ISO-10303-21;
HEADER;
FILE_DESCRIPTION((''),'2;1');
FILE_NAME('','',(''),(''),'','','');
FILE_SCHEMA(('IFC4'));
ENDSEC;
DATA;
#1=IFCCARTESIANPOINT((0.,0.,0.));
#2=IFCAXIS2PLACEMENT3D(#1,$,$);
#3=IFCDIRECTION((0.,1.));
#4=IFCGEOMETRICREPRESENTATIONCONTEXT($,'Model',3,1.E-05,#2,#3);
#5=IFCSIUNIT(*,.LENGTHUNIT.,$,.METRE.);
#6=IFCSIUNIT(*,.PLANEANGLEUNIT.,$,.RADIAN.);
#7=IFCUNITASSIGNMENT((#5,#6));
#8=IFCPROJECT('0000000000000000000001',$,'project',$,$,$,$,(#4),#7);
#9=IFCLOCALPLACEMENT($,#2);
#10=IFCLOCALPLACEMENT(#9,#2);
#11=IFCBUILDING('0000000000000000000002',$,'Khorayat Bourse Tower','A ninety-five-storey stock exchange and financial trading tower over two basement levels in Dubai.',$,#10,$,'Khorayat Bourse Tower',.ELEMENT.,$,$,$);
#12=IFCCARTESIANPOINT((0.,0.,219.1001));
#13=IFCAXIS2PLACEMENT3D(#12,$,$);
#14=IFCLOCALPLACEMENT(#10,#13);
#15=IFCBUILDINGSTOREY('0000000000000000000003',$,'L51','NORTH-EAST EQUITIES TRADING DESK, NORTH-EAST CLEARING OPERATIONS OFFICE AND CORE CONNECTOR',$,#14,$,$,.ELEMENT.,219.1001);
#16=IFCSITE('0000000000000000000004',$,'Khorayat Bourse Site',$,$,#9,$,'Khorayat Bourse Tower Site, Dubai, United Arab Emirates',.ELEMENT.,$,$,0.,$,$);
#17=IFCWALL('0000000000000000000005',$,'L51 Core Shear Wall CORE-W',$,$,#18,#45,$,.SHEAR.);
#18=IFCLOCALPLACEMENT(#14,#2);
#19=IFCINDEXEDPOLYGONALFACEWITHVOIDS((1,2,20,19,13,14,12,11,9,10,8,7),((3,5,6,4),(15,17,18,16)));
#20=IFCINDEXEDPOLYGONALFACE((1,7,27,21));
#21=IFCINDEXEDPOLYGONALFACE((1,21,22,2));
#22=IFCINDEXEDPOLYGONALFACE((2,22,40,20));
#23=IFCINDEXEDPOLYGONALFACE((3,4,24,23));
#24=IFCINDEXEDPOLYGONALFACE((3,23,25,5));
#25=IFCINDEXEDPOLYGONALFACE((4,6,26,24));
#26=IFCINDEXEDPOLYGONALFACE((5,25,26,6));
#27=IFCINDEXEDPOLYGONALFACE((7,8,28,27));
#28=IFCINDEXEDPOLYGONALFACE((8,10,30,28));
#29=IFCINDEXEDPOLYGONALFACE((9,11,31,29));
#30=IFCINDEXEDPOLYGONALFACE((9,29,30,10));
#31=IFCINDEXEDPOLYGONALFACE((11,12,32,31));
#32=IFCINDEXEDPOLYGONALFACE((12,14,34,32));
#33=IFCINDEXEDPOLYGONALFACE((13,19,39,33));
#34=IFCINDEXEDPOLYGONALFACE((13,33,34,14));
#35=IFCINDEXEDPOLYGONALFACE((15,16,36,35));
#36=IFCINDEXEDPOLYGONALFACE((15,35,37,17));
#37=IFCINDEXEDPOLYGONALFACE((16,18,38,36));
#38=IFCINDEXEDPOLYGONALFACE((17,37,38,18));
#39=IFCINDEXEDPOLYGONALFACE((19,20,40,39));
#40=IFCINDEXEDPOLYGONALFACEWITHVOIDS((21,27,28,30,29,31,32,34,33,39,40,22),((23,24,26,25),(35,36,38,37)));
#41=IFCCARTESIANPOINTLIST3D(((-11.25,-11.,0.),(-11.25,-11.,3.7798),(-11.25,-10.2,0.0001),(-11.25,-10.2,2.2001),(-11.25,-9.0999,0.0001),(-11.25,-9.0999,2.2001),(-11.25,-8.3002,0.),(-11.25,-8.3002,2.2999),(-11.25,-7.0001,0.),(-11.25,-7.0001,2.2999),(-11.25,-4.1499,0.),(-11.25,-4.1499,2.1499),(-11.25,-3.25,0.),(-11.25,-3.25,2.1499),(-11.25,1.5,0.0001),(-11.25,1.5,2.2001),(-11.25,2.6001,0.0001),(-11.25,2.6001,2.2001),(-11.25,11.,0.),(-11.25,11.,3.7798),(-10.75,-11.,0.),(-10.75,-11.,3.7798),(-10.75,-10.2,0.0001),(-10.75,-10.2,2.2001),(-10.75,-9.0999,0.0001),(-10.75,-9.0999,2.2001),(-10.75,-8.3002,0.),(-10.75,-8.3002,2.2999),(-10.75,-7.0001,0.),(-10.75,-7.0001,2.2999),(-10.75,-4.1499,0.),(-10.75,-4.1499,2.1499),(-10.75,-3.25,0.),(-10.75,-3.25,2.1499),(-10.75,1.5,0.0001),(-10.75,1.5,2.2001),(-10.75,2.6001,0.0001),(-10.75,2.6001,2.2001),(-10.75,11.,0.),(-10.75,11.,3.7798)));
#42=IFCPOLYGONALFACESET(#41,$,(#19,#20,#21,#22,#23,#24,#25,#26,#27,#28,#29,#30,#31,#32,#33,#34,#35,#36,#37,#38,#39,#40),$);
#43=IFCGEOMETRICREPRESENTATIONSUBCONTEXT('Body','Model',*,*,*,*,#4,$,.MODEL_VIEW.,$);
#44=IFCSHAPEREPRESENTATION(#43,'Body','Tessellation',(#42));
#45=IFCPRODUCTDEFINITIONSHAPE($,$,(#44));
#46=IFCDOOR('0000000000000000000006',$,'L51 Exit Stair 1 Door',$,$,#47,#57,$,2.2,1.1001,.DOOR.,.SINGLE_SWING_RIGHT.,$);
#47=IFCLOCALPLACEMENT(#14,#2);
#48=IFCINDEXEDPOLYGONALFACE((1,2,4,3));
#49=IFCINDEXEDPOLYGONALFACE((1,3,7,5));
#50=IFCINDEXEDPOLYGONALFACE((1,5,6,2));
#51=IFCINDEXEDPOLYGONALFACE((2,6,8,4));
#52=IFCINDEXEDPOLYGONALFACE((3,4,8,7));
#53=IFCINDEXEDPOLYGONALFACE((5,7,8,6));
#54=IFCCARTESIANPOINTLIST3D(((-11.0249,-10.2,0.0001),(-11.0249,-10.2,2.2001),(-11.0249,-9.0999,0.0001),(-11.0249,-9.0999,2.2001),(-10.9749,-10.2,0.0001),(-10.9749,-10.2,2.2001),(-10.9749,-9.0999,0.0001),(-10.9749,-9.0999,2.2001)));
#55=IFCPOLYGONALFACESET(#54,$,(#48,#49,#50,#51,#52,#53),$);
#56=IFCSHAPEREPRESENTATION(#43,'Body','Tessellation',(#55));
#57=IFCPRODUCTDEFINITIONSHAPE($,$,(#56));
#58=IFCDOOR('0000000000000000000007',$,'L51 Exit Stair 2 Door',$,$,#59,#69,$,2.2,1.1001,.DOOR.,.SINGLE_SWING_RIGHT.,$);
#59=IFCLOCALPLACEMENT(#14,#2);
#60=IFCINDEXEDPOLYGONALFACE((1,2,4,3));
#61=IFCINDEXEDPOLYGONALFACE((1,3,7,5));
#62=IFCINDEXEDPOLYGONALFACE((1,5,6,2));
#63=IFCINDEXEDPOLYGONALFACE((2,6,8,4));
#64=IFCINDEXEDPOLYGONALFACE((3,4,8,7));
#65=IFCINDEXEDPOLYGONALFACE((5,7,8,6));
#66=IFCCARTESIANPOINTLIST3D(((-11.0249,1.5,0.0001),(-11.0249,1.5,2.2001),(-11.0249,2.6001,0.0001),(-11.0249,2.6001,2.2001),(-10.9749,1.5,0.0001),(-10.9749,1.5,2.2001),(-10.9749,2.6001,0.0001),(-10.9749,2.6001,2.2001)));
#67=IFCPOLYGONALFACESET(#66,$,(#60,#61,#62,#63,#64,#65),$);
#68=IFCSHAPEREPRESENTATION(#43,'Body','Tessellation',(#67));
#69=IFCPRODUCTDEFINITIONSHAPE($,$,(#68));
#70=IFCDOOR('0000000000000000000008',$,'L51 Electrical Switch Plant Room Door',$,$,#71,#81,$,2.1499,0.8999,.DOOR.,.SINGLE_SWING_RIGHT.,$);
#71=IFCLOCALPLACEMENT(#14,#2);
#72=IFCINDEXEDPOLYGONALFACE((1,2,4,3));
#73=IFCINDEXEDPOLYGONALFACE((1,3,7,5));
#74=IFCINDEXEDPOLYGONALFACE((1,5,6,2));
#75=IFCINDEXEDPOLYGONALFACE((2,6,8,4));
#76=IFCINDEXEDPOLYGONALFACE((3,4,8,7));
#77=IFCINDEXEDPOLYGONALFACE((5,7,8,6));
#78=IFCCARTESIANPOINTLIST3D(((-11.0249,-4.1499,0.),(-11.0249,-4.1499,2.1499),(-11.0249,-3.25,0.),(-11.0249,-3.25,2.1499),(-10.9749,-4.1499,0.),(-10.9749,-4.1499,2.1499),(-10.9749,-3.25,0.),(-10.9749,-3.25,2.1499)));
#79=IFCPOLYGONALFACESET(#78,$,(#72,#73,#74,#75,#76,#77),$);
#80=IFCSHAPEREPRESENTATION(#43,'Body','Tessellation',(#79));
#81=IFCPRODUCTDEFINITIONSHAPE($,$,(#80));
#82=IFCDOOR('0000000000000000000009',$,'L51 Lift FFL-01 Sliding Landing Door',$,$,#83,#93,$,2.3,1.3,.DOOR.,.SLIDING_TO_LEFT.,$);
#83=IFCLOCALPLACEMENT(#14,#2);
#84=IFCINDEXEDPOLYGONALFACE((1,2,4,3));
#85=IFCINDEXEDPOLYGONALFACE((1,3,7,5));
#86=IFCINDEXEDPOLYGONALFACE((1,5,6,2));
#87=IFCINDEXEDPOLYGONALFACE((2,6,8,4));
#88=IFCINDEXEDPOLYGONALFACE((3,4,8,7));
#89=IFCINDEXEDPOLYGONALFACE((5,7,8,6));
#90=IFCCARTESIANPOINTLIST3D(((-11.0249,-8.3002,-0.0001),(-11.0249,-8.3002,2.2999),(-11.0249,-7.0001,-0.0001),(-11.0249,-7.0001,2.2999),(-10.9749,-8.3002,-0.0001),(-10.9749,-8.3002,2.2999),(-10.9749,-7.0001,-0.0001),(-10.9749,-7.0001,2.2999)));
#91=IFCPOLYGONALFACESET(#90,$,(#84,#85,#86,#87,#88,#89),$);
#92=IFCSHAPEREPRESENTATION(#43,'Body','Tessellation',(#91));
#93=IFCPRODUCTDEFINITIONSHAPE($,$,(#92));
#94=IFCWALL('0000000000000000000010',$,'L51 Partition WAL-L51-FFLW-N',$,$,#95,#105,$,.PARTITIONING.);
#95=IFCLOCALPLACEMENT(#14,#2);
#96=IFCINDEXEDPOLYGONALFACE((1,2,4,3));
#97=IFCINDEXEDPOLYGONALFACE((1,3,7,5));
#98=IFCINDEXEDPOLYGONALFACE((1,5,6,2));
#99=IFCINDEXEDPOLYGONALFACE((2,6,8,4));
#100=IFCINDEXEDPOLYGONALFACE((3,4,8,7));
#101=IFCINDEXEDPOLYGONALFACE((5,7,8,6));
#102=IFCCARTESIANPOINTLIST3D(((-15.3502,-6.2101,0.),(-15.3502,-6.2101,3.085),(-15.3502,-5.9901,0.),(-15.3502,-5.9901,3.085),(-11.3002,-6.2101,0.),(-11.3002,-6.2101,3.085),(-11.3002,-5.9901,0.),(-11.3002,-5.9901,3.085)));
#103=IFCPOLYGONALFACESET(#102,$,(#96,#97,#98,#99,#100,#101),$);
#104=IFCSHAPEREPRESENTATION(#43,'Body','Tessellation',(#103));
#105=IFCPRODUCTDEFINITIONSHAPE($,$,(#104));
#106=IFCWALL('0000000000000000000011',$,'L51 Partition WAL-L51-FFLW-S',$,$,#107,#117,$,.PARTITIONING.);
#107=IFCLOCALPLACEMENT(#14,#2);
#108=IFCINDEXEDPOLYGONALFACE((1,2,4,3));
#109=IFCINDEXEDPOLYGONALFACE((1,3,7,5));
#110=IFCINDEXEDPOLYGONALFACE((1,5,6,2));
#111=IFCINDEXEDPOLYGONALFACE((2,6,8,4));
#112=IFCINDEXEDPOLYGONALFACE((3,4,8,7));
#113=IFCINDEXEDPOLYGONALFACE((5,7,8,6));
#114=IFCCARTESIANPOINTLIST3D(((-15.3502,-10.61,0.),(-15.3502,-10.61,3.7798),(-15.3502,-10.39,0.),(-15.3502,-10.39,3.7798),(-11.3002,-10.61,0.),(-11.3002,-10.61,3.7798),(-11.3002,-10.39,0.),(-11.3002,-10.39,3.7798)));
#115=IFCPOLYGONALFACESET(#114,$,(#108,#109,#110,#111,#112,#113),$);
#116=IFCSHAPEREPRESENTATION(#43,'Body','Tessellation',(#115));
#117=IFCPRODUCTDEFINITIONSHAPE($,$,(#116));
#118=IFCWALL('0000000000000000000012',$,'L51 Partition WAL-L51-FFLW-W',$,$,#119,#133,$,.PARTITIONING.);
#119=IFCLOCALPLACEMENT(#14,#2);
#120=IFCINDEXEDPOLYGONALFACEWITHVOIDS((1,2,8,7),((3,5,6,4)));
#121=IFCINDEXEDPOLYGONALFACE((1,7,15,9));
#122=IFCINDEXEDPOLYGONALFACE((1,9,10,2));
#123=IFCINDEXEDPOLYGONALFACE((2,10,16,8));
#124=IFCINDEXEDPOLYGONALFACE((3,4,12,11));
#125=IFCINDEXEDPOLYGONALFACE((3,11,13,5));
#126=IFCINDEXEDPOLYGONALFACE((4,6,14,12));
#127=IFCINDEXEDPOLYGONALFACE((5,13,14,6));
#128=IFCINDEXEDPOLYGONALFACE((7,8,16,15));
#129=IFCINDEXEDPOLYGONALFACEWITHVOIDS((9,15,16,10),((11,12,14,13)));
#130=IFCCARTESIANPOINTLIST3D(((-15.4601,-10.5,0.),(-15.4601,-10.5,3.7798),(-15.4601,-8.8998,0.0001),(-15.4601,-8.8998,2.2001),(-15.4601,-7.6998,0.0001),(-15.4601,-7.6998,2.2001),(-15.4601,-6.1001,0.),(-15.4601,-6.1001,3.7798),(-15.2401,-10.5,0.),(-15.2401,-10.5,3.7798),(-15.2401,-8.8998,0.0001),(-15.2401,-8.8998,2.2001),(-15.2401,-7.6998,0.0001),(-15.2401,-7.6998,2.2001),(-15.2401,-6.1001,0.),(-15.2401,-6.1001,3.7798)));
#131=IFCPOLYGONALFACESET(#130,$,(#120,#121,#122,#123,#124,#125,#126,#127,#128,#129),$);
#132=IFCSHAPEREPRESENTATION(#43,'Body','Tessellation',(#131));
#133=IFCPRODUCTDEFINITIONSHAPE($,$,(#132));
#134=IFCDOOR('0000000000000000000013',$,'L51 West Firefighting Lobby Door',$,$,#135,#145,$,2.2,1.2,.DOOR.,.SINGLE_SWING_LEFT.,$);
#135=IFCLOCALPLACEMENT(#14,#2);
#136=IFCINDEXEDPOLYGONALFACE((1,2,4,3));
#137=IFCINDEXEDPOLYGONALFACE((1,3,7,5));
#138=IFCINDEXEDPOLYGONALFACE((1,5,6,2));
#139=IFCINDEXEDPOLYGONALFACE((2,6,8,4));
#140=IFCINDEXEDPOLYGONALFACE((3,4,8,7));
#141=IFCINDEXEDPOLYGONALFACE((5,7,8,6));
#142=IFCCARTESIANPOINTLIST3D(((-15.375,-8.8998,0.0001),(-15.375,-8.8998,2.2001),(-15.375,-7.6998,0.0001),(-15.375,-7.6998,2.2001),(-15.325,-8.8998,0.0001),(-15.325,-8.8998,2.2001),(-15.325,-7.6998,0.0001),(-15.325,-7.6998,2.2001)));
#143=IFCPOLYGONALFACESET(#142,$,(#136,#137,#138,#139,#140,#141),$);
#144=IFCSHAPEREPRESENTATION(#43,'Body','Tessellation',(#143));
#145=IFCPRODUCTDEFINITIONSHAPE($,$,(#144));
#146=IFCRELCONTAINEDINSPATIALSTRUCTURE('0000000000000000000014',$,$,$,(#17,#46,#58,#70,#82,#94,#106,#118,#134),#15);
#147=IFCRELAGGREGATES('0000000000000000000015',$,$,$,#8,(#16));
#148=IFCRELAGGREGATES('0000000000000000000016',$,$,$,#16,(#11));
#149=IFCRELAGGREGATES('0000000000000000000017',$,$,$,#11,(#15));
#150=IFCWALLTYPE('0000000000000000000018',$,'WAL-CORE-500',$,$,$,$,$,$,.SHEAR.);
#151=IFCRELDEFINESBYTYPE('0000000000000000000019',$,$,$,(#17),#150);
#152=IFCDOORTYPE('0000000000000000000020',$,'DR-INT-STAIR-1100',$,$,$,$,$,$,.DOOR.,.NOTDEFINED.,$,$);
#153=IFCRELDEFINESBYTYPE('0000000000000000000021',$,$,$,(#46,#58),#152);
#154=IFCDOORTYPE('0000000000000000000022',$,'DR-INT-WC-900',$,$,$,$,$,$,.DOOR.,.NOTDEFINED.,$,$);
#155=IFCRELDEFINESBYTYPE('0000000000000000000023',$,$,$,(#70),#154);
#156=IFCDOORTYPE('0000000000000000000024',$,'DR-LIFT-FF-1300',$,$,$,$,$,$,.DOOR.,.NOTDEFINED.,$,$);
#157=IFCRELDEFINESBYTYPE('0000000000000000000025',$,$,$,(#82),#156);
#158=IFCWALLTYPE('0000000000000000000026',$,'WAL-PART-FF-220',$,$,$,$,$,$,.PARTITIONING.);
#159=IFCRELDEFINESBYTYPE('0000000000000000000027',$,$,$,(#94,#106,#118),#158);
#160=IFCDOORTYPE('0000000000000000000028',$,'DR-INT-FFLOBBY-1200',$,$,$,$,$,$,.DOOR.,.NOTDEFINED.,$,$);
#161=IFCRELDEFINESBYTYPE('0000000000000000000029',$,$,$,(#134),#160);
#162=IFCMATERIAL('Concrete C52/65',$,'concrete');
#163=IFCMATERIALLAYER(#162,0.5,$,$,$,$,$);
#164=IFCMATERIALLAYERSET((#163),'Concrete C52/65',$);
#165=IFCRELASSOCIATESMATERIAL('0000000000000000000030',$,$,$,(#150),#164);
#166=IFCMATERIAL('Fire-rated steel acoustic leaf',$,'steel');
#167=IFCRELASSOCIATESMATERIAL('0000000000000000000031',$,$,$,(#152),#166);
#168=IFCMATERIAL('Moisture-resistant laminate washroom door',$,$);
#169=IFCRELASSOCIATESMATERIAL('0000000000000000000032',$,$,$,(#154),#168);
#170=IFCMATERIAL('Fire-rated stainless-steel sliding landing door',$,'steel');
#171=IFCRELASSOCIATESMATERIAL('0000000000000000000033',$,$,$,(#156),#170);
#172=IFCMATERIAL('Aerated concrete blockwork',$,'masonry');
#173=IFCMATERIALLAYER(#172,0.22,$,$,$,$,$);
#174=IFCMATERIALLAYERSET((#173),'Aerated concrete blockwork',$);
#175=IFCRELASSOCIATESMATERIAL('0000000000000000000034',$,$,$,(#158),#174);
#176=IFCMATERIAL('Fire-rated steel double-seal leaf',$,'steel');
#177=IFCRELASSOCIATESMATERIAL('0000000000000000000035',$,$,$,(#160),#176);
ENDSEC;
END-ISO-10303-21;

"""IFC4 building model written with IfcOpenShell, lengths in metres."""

from ifc_helpers import new_model, si_unit, direction, frame, frame_2d, origin, place, context, subcontext, project, spatial, rectangle, extrude, source, transform, mapped, material, layer, layer_set, type_object, element, fill, save


model = new_model("IFC4")

# Units and contexts
model_context = context("Model", 3, precision=1e-05, world=origin(), true_north=direction((0.0, 1.0)))
body_context = subcontext(model_context, "Body", "Model", "MODEL_VIEW")
ifc_project = project(units=[si_unit("LENGTHUNIT", "METRE"), si_unit("PLANEANGLEUNIT", "RADIAN")], contexts=[model_context])

# Site, building, storey
site_placement = place(None, origin())
site = spatial("IfcSite", under=ifc_project, at=site_placement, Name="Khorayat Bourse Site", LongName="Khorayat Bourse Tower Site, Dubai, United Arab Emirates", CompositionType="ELEMENT", RefElevation=0.0)
building_placement = place(site_placement, origin())
building = spatial("IfcBuilding", under=site, at=building_placement, Name="Khorayat Bourse Tower", Description="A ninety-five-storey stock exchange and financial trading tower over two basement levels in Dubai.", LongName="Khorayat Bourse Tower", CompositionType="ELEMENT")
storey_placement = place(building_placement, frame((0.0, 0.0, 219.1001)))
storey = spatial("IfcBuildingStorey", under=building, at=storey_placement, Name="L51", Description="NORTH-EAST EQUITIES TRADING DESK, NORTH-EAST CLEARING OPERATIONS OFFICE AND CORE CONNECTOR", CompositionType="ELEMENT", Elevation=219.1001)

# Wall, openings, doors
ifc_material_1 = material(Name="Concrete C52/65", Category="concrete")
ifc_layer_1 = layer(ifc_material_1, 0.5)
ifc_layer_set_1 = layer_set([ifc_layer_1], Name="Concrete C52/65")
wall_type_1 = type_object("IfcWallType", Name="WAL-CORE-500", PredefinedType="SHEAR", material=ifc_layer_set_1)
shared_shape_1 = source(origin(), body_context, "Body", "SweptSolid", [
    extrude(rectangle(XDim=22.0, YDim=0.5, at=frame_2d((11.0, 0.0))), origin(), (0.0, 0.0, 1.0), 3.7798),
])
wall_1_placement = place(storey_placement, frame((-11.0, -11.0, 0.0), z_axis=(0.0, 0.0, 1.0), x_axis=(0.0, 1.0, 0.0)))
wall_1 = element("IfcWall", 1, at=wall_1_placement, inside=storey, type_object=wall_type_1, Name="L51 Core Shear Wall CORE-W", PredefinedType="SHEAR", context=body_context, shape_type="MappedRepresentation", body=[
    mapped(shared_shape_1, transform((0.0, 0.0, 0.0), scale=1.0)),
])
shared_shape_2 = source(origin(), body_context, "Body", "SweptSolid", [
    extrude(rectangle(XDim=1.1001, YDim=2.2, at=frame_2d((0.55, 1.1001))), frame((0.0, 0.26, 0.0), z_axis=(0.0, -1.0, 0.0), x_axis=(1.0, 0.0, 0.0)), (0.0, 0.0, 1.0), 0.52),
])
opening_1_placement = place(wall_1_placement, frame((0.8, 0.0, 0.0)))
opening_1 = element("IfcOpeningElement", 2, at=opening_1_placement, cuts=wall_1, PredefinedType="OPENING", context=body_context, shape_type="MappedRepresentation", body=[
    mapped(shared_shape_2, transform((0.0, 0.0, 0.0), scale=1.0)),
])
opening_2_placement = place(wall_1_placement, frame((12.5, 0.0, 0.0)))
opening_2 = element("IfcOpeningElement", 3, at=opening_2_placement, cuts=wall_1, PredefinedType="OPENING", context=body_context, shape_type="MappedRepresentation", body=[
    mapped(shared_shape_2, transform((0.0, 0.0, 0.0), scale=1.0)),
])
shared_shape_3 = source(origin(), body_context, "Body", "SweptSolid", [
    extrude(rectangle(XDim=0.8999, YDim=2.1499, at=frame_2d((0.45, 1.075))), frame((0.0, 0.26, 0.0), z_axis=(0.0, -1.0, 0.0), x_axis=(1.0, 0.0, 0.0)), (0.0, 0.0, 1.0), 0.52),
])
opening_3_placement = place(wall_1_placement, frame((6.8501, 0.0, 0.0)))
opening_3 = element("IfcOpeningElement", 4, at=opening_3_placement, cuts=wall_1, PredefinedType="OPENING", context=body_context, shape_type="MappedRepresentation", body=[
    mapped(shared_shape_3, transform((0.0, 0.0, 0.0), scale=1.0)),
])
shared_shape_4 = source(origin(), body_context, "Body", "SweptSolid", [
    extrude(rectangle(XDim=1.3, YDim=2.3, at=frame_2d((0.6499, 1.1499))), frame((0.0, 0.26, 0.0), z_axis=(0.0, -1.0, 0.0), x_axis=(1.0, 0.0, 0.0)), (0.0, 0.0, 1.0), 0.52),
])
opening_4_placement = place(wall_1_placement, frame((2.7, 0.0, 0.0)))
opening_4 = element("IfcOpeningElement", 5, at=opening_4_placement, cuts=wall_1, PredefinedType="OPENING", context=body_context, shape_type="MappedRepresentation", body=[
    mapped(shared_shape_4, transform((0.0, 0.0, 0.0), scale=1.0)),
])
ifc_material_2 = material(Name="Fire-rated steel acoustic leaf", Category="steel")
door_type_1 = type_object("IfcDoorType", Name="DR-INT-STAIR-1100", OperationType="NOTDEFINED", PredefinedType="DOOR", material=ifc_material_2)
shared_shape_5 = source(origin(), body_context, "Body", "SweptSolid", [
    extrude(rectangle(XDim=1.1001, YDim=2.2, at=frame_2d((0.55, 1.1001))), frame((0.0, 0.0249, 0.0), z_axis=(0.0, -1.0, 0.0), x_axis=(1.0, 0.0, 0.0)), (0.0, 0.0, 1.0), 0.05),
])
door_1_placement = place(opening_1_placement, origin())
door_1 = element("IfcDoor", 6, at=door_1_placement, inside=storey, type_object=door_type_1, Name="L51 Exit Stair 1 Door", OperationType="SINGLE_SWING_RIGHT", OverallHeight=2.2, OverallWidth=1.1001, PredefinedType="DOOR", context=body_context, shape_type="MappedRepresentation", body=[
    mapped(shared_shape_5, transform((0.0, 0.0, 0.0), scale=1.0)),
])
fill(opening_1, door_1)
door_2_placement = place(opening_2_placement, origin())
door_2 = element("IfcDoor", 7, at=door_2_placement, inside=storey, type_object=door_type_1, Name="L51 Exit Stair 2 Door", OperationType="SINGLE_SWING_RIGHT", OverallHeight=2.2, OverallWidth=1.1001, PredefinedType="DOOR", context=body_context, shape_type="MappedRepresentation", body=[
    mapped(shared_shape_5, transform((0.0, 0.0, 0.0), scale=1.0)),
])
fill(opening_2, door_2)
ifc_material_3 = material(Name="Moisture-resistant laminate washroom door")
door_type_2 = type_object("IfcDoorType", Name="DR-INT-WC-900", OperationType="NOTDEFINED", PredefinedType="DOOR", material=ifc_material_3)
shared_shape_6 = source(origin(), body_context, "Body", "SweptSolid", [
    extrude(rectangle(XDim=0.8999, YDim=2.1499, at=frame_2d((0.45, 1.075))), frame((0.0, 0.0249, 0.0), z_axis=(0.0, -1.0, 0.0), x_axis=(1.0, 0.0, 0.0)), (0.0, 0.0, 1.0), 0.05),
])
door_3_placement = place(opening_3_placement, origin())
door_3 = element("IfcDoor", 8, at=door_3_placement, inside=storey, type_object=door_type_2, Name="L51 Electrical Switch Plant Room Door", OperationType="SINGLE_SWING_RIGHT", OverallHeight=2.1499, OverallWidth=0.8999, PredefinedType="DOOR", context=body_context, shape_type="MappedRepresentation", body=[
    mapped(shared_shape_6, transform((0.0, 0.0, 0.0), scale=1.0)),
])
fill(opening_3, door_3)
ifc_material_4 = material(Name="Fire-rated stainless-steel sliding landing door", Category="steel")
door_type_3 = type_object("IfcDoorType", Name="DR-LIFT-FF-1300", OperationType="NOTDEFINED", PredefinedType="DOOR", material=ifc_material_4)
shared_shape_7 = source(origin(), body_context, "Body", "SweptSolid", [
    extrude(rectangle(XDim=1.3, YDim=2.3, at=frame_2d((0.6499, 1.1499))), frame((0.0, 0.0249, 0.0), z_axis=(0.0, -1.0, 0.0), x_axis=(1.0, 0.0, 0.0)), (0.0, 0.0, 1.0), 0.05),
])
door_4_placement = place(opening_4_placement, origin())
door_4 = element("IfcDoor", 9, at=door_4_placement, inside=storey, type_object=door_type_3, Name="L51 Lift FFL-01 Sliding Landing Door", OperationType="SLIDING_TO_LEFT", OverallHeight=2.3, OverallWidth=1.3, PredefinedType="DOOR", context=body_context, shape_type="MappedRepresentation", body=[
    mapped(shared_shape_7, transform((0.0, 0.0, 0.0), scale=1.0)),
])
fill(opening_4, door_4)

# Walls
ifc_material_5 = material(Name="Aerated concrete blockwork", Category="masonry")
ifc_layer_2 = layer(ifc_material_5, 0.22)
ifc_layer_set_2 = layer_set([ifc_layer_2], Name="Aerated concrete blockwork")
wall_type_2 = type_object("IfcWallType", Name="WAL-PART-FF-220", PredefinedType="PARTITIONING", material=ifc_layer_set_2)
shared_shape_8 = source(origin(), body_context, "Body", "SweptSolid", [
    extrude(rectangle(XDim=4.05, YDim=0.22, at=frame_2d((2.0249, 0.0))), origin(), (0.0, 0.0, 1.0), 3.085),
])
wall_2_placement = place(storey_placement, frame((-15.3501, -6.1001, 0.0), z_axis=(0.0, 0.0, 1.0), x_axis=(1.0, 0.0, 0.0)))
element("IfcWall", 10, at=wall_2_placement, inside=storey, type_object=wall_type_2, Name="L51 Partition WAL-L51-FFLW-N", PredefinedType="PARTITIONING", context=body_context, shape_type="MappedRepresentation", body=[
    mapped(shared_shape_8, transform((0.0, 0.0, 0.0), scale=1.0)),
])
shared_shape_9 = source(origin(), body_context, "Body", "SweptSolid", [
    extrude(rectangle(XDim=4.05, YDim=0.22, at=frame_2d((2.0249, 0.0))), origin(), (0.0, 0.0, 1.0), 3.7798),
])
wall_3_placement = place(storey_placement, frame((-15.3501, -10.5, 0.0), z_axis=(0.0, 0.0, 1.0), x_axis=(1.0, 0.0, 0.0)))
element("IfcWall", 11, at=wall_3_placement, inside=storey, type_object=wall_type_2, Name="L51 Partition WAL-L51-FFLW-S", PredefinedType="PARTITIONING", context=body_context, shape_type="MappedRepresentation", body=[
    mapped(shared_shape_9, transform((0.0, 0.0, 0.0), scale=1.0)),
])

# Wall, opening, door
shared_shape_10 = source(origin(), body_context, "Body", "SweptSolid", [
    extrude(rectangle(XDim=4.3999, YDim=0.22, at=frame_2d((2.2, 0.0))), origin(), (0.0, 0.0, 1.0), 3.7798),
])
wall_4_placement = place(storey_placement, frame((-15.3501, -10.5, 0.0), z_axis=(0.0, 0.0, 1.0), x_axis=(0.0, 1.0, 0.0)))
wall_4 = element("IfcWall", 12, at=wall_4_placement, inside=storey, type_object=wall_type_2, Name="L51 Partition WAL-L51-FFLW-W", PredefinedType="PARTITIONING", context=body_context, shape_type="MappedRepresentation", body=[
    mapped(shared_shape_10, transform((0.0, 0.0, 0.0), scale=1.0)),
])
shared_shape_11 = source(origin(), body_context, "Body", "SweptSolid", [
    extrude(rectangle(XDim=1.2, YDim=2.2, at=frame_2d((0.6001, 1.1001))), frame((0.0, 0.1199, 0.0), z_axis=(0.0, -1.0, 0.0), x_axis=(1.0, 0.0, 0.0)), (0.0, 0.0, 1.0), 0.24),
])
opening_5_placement = place(wall_4_placement, frame((1.6001, 0.0, 0.0)))
opening_5 = element("IfcOpeningElement", 13, at=opening_5_placement, cuts=wall_4, PredefinedType="OPENING", context=body_context, shape_type="MappedRepresentation", body=[
    mapped(shared_shape_11, transform((0.0, 0.0, 0.0), scale=1.0)),
])
ifc_material_6 = material(Name="Fire-rated steel double-seal leaf", Category="steel")
door_type_4 = type_object("IfcDoorType", Name="DR-INT-FFLOBBY-1200", OperationType="NOTDEFINED", PredefinedType="DOOR", material=ifc_material_6)
shared_shape_12 = source(origin(), body_context, "Body", "SweptSolid", [
    extrude(rectangle(XDim=1.2, YDim=2.2, at=frame_2d((0.6001, 1.1001))), frame((0.0, 0.0249, 0.0), z_axis=(0.0, -1.0, 0.0), x_axis=(1.0, 0.0, 0.0)), (0.0, 0.0, 1.0), 0.05),
])
door_5_placement = place(opening_5_placement, origin())
door_5 = element("IfcDoor", 14, at=door_5_placement, inside=storey, type_object=door_type_4, Name="L51 West Firefighting Lobby Door", OperationType="SINGLE_SWING_LEFT", OverallHeight=2.2, OverallWidth=1.2, PredefinedType="DOOR", context=body_context, shape_type="MappedRepresentation", body=[
    mapped(shared_shape_12, transform((0.0, 0.0, 0.0), scale=1.0)),
])
fill(opening_5, door_5)

save(model, "model.ifc")
